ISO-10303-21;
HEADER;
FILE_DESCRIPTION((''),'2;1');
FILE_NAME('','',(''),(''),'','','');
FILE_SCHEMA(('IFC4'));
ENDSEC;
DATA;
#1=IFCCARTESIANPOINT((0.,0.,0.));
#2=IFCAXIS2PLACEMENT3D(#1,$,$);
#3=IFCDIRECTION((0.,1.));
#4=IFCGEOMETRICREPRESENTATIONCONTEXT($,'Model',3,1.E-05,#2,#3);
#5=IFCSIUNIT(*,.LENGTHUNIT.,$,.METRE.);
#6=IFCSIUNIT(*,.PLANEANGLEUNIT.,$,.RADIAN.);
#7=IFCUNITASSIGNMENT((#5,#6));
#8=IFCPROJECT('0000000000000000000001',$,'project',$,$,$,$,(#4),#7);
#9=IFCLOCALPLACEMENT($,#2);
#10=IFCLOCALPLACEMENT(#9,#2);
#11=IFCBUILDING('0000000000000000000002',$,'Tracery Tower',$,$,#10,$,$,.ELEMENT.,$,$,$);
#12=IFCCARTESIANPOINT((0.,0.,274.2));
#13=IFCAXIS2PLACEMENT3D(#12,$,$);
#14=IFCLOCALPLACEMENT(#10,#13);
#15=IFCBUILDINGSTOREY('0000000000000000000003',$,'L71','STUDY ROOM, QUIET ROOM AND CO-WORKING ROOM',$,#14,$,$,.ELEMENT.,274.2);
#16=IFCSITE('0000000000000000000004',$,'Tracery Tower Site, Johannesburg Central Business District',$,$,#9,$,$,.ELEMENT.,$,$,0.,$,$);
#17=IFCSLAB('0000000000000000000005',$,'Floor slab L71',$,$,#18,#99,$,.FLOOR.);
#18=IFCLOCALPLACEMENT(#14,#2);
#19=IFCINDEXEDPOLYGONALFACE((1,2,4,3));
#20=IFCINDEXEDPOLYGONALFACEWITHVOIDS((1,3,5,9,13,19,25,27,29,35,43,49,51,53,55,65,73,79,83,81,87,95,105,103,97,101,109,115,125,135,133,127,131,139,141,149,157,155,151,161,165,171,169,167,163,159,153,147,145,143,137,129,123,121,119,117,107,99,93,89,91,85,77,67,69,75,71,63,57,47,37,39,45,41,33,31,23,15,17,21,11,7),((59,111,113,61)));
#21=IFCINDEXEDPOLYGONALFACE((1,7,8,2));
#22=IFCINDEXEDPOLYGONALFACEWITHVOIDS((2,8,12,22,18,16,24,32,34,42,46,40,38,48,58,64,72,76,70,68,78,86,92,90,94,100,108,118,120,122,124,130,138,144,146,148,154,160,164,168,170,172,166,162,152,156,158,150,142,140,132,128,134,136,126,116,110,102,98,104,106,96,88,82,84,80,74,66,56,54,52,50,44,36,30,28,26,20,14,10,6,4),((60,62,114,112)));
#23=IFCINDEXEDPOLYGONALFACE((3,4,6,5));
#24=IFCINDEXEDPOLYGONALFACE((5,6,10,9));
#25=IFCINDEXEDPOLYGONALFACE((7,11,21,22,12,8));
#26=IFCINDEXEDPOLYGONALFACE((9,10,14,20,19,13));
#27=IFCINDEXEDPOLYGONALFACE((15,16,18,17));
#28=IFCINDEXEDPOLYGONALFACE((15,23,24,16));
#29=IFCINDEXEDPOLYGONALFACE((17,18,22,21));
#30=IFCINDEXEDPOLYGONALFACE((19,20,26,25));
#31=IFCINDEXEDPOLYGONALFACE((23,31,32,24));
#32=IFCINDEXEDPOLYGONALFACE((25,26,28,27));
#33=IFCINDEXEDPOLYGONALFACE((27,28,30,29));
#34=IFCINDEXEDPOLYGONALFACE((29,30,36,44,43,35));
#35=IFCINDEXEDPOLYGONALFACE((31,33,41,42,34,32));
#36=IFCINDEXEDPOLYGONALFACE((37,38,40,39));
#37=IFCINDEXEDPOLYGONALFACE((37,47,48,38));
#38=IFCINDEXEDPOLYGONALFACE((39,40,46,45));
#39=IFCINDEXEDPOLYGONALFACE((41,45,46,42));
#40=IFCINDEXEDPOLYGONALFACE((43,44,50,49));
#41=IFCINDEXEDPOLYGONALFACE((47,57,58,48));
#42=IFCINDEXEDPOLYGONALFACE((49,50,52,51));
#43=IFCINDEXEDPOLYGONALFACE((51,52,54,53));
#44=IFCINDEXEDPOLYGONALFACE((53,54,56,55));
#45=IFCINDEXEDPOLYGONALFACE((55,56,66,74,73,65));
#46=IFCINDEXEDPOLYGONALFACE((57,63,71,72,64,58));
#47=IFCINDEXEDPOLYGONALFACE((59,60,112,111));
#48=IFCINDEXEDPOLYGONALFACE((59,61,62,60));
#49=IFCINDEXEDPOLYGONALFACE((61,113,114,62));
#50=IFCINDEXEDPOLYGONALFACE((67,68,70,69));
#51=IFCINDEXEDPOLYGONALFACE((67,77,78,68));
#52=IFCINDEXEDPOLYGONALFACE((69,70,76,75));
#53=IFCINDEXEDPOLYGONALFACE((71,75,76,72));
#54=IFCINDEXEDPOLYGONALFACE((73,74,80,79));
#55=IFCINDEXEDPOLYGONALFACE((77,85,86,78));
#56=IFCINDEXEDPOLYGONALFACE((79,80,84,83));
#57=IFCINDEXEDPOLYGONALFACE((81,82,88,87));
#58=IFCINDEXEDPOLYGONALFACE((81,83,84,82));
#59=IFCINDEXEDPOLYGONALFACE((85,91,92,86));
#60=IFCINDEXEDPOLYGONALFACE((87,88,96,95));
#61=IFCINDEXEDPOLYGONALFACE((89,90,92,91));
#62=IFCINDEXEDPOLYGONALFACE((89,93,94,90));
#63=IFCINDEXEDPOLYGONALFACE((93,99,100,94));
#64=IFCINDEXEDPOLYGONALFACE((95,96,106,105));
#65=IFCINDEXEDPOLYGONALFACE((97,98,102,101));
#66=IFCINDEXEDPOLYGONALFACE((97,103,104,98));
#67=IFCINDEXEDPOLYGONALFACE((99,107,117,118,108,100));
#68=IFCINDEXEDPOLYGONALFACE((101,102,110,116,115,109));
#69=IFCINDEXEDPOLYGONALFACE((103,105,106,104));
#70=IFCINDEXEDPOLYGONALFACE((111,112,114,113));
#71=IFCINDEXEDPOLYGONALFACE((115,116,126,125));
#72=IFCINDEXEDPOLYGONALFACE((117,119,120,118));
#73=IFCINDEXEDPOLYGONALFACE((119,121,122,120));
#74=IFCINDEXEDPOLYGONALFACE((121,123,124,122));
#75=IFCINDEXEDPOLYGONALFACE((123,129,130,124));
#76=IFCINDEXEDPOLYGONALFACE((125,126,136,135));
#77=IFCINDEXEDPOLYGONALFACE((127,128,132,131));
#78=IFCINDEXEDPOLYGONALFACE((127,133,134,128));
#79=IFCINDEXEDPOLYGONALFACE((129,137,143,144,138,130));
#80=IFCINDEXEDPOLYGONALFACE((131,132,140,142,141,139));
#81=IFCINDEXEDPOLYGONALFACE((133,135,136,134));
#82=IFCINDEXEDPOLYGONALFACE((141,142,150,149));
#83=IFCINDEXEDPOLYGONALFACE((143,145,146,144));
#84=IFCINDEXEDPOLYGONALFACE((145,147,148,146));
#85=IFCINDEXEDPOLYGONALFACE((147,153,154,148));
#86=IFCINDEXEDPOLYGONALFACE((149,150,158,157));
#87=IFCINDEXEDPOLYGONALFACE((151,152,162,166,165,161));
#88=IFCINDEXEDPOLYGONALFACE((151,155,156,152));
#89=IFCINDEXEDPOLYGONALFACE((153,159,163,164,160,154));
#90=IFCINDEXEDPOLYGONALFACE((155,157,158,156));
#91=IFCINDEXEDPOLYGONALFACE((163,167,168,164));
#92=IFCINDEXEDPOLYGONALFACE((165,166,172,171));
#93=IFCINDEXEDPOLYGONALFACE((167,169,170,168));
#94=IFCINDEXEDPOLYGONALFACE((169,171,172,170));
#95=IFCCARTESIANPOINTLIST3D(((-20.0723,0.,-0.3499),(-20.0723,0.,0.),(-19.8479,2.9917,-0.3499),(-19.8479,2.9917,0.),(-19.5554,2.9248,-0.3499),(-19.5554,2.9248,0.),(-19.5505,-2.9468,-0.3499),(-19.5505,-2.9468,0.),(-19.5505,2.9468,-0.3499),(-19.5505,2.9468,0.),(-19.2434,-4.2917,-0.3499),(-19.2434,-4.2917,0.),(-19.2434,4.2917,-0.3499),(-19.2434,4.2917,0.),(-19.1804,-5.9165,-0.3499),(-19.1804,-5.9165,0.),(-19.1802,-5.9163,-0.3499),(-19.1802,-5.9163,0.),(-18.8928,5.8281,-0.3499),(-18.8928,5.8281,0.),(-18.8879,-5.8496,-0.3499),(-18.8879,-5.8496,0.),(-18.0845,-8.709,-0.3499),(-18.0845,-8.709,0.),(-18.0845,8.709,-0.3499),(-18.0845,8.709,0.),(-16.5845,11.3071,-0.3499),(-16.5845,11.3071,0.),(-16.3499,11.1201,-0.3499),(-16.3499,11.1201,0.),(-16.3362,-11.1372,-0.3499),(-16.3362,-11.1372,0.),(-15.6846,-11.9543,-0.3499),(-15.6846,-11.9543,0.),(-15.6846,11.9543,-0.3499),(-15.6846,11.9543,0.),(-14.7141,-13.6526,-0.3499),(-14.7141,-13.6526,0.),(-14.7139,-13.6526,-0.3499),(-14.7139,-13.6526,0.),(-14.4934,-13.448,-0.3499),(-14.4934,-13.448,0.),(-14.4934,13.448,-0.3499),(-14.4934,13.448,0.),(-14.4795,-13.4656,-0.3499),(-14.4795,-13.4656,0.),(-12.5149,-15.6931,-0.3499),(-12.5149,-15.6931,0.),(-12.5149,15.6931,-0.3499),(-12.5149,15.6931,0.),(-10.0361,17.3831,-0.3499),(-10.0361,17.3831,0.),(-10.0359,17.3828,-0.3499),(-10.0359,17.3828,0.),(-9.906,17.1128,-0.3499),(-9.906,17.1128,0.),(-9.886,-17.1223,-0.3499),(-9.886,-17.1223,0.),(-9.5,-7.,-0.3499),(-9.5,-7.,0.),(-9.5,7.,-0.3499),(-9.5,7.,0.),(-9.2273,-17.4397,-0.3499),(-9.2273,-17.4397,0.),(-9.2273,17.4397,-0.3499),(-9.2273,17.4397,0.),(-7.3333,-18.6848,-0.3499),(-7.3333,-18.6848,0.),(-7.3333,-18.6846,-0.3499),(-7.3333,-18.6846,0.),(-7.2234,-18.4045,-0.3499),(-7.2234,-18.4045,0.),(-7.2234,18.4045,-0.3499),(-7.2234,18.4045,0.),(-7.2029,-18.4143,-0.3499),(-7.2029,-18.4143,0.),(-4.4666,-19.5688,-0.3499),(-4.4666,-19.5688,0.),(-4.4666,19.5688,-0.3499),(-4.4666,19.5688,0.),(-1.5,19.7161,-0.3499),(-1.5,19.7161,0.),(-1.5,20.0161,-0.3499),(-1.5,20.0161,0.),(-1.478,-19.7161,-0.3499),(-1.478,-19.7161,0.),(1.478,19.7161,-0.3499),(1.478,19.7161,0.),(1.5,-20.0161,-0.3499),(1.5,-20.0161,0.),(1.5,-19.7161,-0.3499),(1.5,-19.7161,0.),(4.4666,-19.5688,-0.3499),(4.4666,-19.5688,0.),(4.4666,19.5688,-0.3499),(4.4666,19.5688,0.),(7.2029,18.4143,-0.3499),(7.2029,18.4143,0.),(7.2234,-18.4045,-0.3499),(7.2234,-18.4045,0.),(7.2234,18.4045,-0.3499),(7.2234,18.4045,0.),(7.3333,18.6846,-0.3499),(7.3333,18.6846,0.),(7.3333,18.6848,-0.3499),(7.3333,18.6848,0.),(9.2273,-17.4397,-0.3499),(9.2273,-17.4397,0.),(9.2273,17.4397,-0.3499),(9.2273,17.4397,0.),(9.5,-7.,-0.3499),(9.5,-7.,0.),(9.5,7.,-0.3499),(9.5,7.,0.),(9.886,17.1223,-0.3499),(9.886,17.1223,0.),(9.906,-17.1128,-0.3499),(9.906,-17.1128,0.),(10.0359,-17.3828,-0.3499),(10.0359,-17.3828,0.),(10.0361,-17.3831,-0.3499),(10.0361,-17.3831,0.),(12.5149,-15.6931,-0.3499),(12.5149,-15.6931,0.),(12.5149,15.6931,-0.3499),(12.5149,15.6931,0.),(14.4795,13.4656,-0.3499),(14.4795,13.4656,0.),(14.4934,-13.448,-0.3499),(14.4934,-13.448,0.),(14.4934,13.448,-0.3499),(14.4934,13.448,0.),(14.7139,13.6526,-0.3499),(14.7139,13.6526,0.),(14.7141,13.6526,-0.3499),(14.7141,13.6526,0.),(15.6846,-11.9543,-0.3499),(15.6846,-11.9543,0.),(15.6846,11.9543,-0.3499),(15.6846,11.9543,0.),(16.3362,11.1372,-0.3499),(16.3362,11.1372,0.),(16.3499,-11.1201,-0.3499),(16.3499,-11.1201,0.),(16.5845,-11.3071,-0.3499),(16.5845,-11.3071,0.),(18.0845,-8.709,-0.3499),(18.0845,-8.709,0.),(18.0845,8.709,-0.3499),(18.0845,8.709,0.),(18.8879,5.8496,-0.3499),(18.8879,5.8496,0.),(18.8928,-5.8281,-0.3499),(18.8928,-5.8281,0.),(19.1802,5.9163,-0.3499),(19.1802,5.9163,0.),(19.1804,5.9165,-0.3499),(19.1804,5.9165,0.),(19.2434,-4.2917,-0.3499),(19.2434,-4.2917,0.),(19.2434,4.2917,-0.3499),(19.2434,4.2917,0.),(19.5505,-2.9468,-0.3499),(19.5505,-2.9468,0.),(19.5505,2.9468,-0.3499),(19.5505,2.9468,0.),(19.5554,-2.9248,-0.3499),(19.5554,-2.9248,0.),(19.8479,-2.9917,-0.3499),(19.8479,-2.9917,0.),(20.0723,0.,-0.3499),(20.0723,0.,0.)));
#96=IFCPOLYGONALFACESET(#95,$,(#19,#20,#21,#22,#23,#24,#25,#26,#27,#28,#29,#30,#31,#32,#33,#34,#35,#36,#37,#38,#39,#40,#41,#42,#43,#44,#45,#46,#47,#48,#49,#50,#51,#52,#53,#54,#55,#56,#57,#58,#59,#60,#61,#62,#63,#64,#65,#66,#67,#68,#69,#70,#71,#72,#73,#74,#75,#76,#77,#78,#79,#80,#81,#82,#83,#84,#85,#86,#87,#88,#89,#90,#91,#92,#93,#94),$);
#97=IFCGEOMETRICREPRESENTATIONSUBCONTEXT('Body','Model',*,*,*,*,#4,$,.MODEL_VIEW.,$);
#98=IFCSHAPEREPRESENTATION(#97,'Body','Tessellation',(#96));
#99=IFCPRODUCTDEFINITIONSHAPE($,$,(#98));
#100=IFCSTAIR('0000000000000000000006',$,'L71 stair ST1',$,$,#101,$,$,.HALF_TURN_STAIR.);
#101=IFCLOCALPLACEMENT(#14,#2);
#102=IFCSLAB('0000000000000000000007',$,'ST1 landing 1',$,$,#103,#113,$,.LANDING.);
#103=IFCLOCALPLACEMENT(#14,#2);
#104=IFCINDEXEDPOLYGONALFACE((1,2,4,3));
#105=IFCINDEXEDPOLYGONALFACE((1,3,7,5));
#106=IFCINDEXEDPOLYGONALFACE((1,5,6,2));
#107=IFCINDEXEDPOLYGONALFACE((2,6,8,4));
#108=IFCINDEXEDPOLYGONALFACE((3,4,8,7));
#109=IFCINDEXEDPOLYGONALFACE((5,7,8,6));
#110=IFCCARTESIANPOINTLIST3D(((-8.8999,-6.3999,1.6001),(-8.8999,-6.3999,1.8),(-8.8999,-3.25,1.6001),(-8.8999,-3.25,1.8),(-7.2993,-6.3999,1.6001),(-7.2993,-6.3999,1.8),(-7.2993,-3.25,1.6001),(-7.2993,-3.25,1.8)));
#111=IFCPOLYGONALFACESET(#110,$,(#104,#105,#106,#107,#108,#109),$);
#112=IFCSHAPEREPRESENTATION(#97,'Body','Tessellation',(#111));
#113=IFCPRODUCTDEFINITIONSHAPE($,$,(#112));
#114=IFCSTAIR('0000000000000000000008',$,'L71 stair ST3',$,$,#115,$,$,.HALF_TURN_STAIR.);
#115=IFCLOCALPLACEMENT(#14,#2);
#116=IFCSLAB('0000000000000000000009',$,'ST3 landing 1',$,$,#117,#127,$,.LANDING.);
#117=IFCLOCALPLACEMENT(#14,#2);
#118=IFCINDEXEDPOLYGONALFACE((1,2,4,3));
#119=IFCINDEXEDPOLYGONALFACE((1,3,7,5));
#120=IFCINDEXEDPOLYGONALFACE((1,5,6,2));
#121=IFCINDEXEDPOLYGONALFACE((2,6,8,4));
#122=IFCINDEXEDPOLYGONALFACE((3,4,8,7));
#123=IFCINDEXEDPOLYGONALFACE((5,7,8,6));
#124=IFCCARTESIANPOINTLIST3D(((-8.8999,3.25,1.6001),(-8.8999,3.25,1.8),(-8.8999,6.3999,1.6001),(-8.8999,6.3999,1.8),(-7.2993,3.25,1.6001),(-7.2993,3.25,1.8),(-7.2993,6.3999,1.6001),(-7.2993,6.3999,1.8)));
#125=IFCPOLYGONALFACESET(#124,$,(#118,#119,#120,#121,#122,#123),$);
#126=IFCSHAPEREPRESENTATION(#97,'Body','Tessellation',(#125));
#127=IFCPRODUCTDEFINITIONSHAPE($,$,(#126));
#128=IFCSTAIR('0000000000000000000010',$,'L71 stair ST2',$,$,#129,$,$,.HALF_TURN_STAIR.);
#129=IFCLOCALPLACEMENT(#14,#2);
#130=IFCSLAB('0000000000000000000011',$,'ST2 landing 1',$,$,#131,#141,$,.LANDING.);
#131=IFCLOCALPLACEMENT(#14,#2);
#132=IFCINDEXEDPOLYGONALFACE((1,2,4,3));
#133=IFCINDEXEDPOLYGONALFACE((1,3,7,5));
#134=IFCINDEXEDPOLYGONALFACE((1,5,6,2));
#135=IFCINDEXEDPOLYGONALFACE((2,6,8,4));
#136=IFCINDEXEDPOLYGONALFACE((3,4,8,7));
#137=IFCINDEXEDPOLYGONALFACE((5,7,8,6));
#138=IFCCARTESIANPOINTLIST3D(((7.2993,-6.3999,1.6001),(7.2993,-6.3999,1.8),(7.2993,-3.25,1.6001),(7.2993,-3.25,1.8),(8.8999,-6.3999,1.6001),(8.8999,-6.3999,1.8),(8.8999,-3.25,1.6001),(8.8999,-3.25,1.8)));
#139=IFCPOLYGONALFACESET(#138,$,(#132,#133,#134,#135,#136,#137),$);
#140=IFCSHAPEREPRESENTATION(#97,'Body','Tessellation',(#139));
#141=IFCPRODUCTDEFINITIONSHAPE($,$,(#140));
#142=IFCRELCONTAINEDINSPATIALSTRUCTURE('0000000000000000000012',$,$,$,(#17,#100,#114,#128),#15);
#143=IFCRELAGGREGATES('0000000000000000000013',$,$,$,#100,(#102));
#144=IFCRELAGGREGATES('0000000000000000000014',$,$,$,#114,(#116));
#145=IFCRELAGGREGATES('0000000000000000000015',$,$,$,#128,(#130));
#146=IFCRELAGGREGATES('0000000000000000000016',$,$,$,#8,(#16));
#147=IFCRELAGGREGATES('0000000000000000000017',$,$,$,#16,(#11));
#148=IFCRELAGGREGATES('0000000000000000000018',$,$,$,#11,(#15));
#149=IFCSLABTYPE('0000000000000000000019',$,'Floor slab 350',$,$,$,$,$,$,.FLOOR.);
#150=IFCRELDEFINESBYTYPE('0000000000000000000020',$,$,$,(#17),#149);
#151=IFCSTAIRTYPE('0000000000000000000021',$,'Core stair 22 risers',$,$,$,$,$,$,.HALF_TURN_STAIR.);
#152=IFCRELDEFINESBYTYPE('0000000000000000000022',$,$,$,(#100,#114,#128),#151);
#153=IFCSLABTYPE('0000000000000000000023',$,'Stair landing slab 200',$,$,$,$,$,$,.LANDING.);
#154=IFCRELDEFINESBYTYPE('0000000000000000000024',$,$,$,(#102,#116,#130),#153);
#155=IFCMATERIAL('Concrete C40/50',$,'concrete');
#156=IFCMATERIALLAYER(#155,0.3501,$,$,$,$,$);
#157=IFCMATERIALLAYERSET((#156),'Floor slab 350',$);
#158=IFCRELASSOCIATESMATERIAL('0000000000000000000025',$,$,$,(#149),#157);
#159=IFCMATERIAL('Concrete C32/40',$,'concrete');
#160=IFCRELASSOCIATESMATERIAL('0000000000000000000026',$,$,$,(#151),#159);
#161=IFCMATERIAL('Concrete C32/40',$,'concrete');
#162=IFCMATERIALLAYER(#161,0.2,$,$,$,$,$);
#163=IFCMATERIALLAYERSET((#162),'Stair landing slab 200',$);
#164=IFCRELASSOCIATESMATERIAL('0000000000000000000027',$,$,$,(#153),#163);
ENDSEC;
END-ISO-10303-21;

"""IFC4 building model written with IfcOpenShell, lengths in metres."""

from ifc_helpers import new_model, si_unit, direction, frame, origin, place, context, subcontext, project, spatial, polyline, outline, extrude, material, layer, layer_set, type_object, element, aggregate, save


model = new_model("IFC4")

# Units and contexts
model_context = context("Model", 3, precision=1e-05, world=origin(), true_north=direction((0.0, 1.0)))
body_context = subcontext(model_context, "Body", "Model", "MODEL_VIEW")
ifc_project = project(units=[si_unit("LENGTHUNIT", "METRE"), si_unit("PLANEANGLEUNIT", "RADIAN")], contexts=[model_context])

# Site, building, storey
site_placement = place(None, origin())
site = spatial("IfcSite", under=ifc_project, at=site_placement, Name="Tracery Tower Site, Johannesburg Central Business District", CompositionType="ELEMENT", RefElevation=0.0)
building_placement = place(site_placement, origin())
building = spatial("IfcBuilding", under=site, at=building_placement, Name="Tracery Tower", CompositionType="ELEMENT")
storey_placement = place(building_placement, frame((0.0, 0.0, 274.2)))
storey = spatial("IfcBuildingStorey", under=building, at=storey_placement, Name="L71", Description="STUDY ROOM, QUIET ROOM AND CO-WORKING ROOM", CompositionType="ELEMENT", Elevation=274.2)

# Slab
ifc_material_1 = material(Name="Concrete C40/50", Category="concrete")
ifc_layer_1 = layer(ifc_material_1, 0.3501)
ifc_layer_set_1 = layer_set([ifc_layer_1], Name="Floor slab 350")
slab_type_1 = type_object("IfcSlabType", Name="Floor slab 350", PredefinedType="FLOOR", material=ifc_layer_set_1)
slab_1_placement = place(storey_placement, frame((0.0, 0.0, -0.3499)))
element("IfcSlab", 1, at=slab_1_placement, inside=storey, type_object=slab_type_1, Name="Floor slab L71", PredefinedType="FLOOR", context=body_context, shape_type="SweptSolid", body=[
    extrude(outline(polyline([(19.2434, 4.2917), (18.8879, 5.8496), (19.1802, 5.9163), (19.1804, 5.9165), (18.0845, 8.709), (16.3362, 11.1372), (15.6846, 11.9543), (14.4934, 13.448), (14.4934, 13.448), (14.4795, 13.4656), (14.7139, 13.6526), (14.7141, 13.6526), (12.5149, 15.6931), (9.886, 17.1223), (9.2273, 17.4397), (7.2234, 18.4045), (7.2234, 18.4045), (7.2029, 18.4143), (7.3333, 18.6846), (7.3333, 18.6848), (4.4666, 19.5688), (1.478, 19.7161), (-1.5, 19.7161), (-1.5, 20.0161), (-1.5, 20.0161), (-4.4666, 19.5688), (-7.2234, 18.4045), (-9.2273, 17.4397), (-9.906, 17.1128), (-10.0359, 17.3828), (-10.0361, 17.3831), (-12.5149, 15.6931), (-14.4934, 13.448), (-15.6846, 11.9543), (-16.3499, 11.1201), (-16.5845, 11.3071), (-18.0845, 8.709), (-18.8928, 5.8281), (-19.2434, 4.2917), (-19.5505, 2.9468), (-19.5505, 2.9468), (-19.5554, 2.9248), (-19.8479, 2.9917), (-19.8479, 2.9917), (-20.0723, 0.0), (-19.5505, -2.9468), (-19.2434, -4.2917), (-18.8879, -5.8496), (-19.1802, -5.9163), (-19.1804, -5.9165), (-18.0845, -8.709), (-16.3362, -11.1372), (-15.6846, -11.9543), (-14.4934, -13.448), (-14.4934, -13.448), (-14.4795, -13.4656), (-14.7139, -13.6526), (-14.7141, -13.6526), (-12.5149, -15.6931), (-9.886, -17.1223), (-9.2273, -17.4397), (-7.2234, -18.4045), (-7.2234, -18.4045), (-7.2029, -18.4143), (-7.3333, -18.6846), (-7.3333, -18.6848), (-4.4666, -19.5688), (-1.478, -19.7161), (1.5, -19.7161), (1.5, -20.0161), (1.5, -20.0161), (4.4666, -19.5688), (7.2234, -18.4045), (9.2273, -17.4397), (9.906, -17.1128), (10.0359, -17.3828), (10.0361, -17.3831), (12.5149, -15.6931), (14.4934, -13.448), (15.6846, -11.9543), (16.3499, -11.1201), (16.5845, -11.3071), (18.0845, -8.709), (18.8928, -5.8281), (19.2434, -4.2917), (19.5505, -2.9468), (19.5505, -2.9468), (19.5554, -2.9248), (19.8479, -2.9917), (19.8479, -2.9917), (20.0723, 0.0), (19.5505, 2.9468), (19.2434, 4.2917)]), holes=[polyline([(-9.5, -7.0), (9.5, -7.0), (9.5, 7.0), (-9.5, 7.0), (-9.5, -7.0)])]), origin(), (0.0, 0.0, 1.0), 0.3499),
])

# Stairs, slabs
ifc_material_2 = material(Name="Concrete C32/40", Category="concrete")
stair_type = type_object("IfcStairType", Name="Core stair 22 risers", PredefinedType="HALF_TURN_STAIR", material=ifc_material_2)
stair_1_placement = place(storey_placement, origin())
stair_1 = element("IfcStair", 2, at=stair_1_placement, inside=storey, type_object=stair_type, Name="L71 stair ST1", PredefinedType="HALF_TURN_STAIR")
ifc_material_3 = material(Name="Concrete C32/40", Category="concrete")
ifc_layer_2 = layer(ifc_material_3, 0.2)
ifc_layer_set_2 = layer_set([ifc_layer_2], Name="Stair landing slab 200")
slab_type_2 = type_object("IfcSlabType", Name="Stair landing slab 200", PredefinedType="LANDING", material=ifc_layer_set_2)
slab_2_placement = place(storey_placement, frame((0.0, 0.0, 1.6001)))
slab_2 = element("IfcSlab", 3, at=slab_2_placement, type_object=slab_type_2, Name="ST1 landing 1", PredefinedType="LANDING", context=body_context, shape_type="SweptSolid", body=[
    extrude(outline(polyline([(-7.2993, -3.25), (-8.8999, -3.25), (-8.8999, -6.3999), (-7.2993, -6.3999), (-7.2993, -3.25)])), origin(), (0.0, 0.0, 1.0), 0.2),
])
aggregate(stair_1, [slab_2])
stair_2_placement = place(storey_placement, origin())
stair_2 = element("IfcStair", 4, at=stair_2_placement, inside=storey, type_object=stair_type, Name="L71 stair ST3", PredefinedType="HALF_TURN_STAIR")
slab_3_placement = place(storey_placement, frame((0.0, 0.0, 1.6001)))
slab_3 = element("IfcSlab", 5, at=slab_3_placement, type_object=slab_type_2, Name="ST3 landing 1", PredefinedType="LANDING", context=body_context, shape_type="SweptSolid", body=[
    extrude(outline(polyline([(-7.2993, 6.3999), (-8.8999, 6.3999), (-8.8999, 3.25), (-7.2993, 3.25), (-7.2993, 6.3999)])), origin(), (0.0, 0.0, 1.0), 0.2),
])
aggregate(stair_2, [slab_3])
stair_3_placement = place(storey_placement, origin())
stair_3 = element("IfcStair", 6, at=stair_3_placement, inside=storey, type_object=stair_type, Name="L71 stair ST2", PredefinedType="HALF_TURN_STAIR")
slab_4_placement = place(storey_placement, frame((0.0, 0.0, 1.6001)))
slab_4 = element("IfcSlab", 7, at=slab_4_placement, type_object=slab_type_2, Name="ST2 landing 1", PredefinedType="LANDING", context=body_context, shape_type="SweptSolid", body=[
    extrude(outline(polyline([(7.2993, -6.3999), (8.8999, -6.3999), (8.8999, -3.25), (7.2993, -3.25), (7.2993, -6.3999)])), origin(), (0.0, 0.0, 1.0), 0.2),
])
aggregate(stair_3, [slab_4])

save(model, "model.ifc")
